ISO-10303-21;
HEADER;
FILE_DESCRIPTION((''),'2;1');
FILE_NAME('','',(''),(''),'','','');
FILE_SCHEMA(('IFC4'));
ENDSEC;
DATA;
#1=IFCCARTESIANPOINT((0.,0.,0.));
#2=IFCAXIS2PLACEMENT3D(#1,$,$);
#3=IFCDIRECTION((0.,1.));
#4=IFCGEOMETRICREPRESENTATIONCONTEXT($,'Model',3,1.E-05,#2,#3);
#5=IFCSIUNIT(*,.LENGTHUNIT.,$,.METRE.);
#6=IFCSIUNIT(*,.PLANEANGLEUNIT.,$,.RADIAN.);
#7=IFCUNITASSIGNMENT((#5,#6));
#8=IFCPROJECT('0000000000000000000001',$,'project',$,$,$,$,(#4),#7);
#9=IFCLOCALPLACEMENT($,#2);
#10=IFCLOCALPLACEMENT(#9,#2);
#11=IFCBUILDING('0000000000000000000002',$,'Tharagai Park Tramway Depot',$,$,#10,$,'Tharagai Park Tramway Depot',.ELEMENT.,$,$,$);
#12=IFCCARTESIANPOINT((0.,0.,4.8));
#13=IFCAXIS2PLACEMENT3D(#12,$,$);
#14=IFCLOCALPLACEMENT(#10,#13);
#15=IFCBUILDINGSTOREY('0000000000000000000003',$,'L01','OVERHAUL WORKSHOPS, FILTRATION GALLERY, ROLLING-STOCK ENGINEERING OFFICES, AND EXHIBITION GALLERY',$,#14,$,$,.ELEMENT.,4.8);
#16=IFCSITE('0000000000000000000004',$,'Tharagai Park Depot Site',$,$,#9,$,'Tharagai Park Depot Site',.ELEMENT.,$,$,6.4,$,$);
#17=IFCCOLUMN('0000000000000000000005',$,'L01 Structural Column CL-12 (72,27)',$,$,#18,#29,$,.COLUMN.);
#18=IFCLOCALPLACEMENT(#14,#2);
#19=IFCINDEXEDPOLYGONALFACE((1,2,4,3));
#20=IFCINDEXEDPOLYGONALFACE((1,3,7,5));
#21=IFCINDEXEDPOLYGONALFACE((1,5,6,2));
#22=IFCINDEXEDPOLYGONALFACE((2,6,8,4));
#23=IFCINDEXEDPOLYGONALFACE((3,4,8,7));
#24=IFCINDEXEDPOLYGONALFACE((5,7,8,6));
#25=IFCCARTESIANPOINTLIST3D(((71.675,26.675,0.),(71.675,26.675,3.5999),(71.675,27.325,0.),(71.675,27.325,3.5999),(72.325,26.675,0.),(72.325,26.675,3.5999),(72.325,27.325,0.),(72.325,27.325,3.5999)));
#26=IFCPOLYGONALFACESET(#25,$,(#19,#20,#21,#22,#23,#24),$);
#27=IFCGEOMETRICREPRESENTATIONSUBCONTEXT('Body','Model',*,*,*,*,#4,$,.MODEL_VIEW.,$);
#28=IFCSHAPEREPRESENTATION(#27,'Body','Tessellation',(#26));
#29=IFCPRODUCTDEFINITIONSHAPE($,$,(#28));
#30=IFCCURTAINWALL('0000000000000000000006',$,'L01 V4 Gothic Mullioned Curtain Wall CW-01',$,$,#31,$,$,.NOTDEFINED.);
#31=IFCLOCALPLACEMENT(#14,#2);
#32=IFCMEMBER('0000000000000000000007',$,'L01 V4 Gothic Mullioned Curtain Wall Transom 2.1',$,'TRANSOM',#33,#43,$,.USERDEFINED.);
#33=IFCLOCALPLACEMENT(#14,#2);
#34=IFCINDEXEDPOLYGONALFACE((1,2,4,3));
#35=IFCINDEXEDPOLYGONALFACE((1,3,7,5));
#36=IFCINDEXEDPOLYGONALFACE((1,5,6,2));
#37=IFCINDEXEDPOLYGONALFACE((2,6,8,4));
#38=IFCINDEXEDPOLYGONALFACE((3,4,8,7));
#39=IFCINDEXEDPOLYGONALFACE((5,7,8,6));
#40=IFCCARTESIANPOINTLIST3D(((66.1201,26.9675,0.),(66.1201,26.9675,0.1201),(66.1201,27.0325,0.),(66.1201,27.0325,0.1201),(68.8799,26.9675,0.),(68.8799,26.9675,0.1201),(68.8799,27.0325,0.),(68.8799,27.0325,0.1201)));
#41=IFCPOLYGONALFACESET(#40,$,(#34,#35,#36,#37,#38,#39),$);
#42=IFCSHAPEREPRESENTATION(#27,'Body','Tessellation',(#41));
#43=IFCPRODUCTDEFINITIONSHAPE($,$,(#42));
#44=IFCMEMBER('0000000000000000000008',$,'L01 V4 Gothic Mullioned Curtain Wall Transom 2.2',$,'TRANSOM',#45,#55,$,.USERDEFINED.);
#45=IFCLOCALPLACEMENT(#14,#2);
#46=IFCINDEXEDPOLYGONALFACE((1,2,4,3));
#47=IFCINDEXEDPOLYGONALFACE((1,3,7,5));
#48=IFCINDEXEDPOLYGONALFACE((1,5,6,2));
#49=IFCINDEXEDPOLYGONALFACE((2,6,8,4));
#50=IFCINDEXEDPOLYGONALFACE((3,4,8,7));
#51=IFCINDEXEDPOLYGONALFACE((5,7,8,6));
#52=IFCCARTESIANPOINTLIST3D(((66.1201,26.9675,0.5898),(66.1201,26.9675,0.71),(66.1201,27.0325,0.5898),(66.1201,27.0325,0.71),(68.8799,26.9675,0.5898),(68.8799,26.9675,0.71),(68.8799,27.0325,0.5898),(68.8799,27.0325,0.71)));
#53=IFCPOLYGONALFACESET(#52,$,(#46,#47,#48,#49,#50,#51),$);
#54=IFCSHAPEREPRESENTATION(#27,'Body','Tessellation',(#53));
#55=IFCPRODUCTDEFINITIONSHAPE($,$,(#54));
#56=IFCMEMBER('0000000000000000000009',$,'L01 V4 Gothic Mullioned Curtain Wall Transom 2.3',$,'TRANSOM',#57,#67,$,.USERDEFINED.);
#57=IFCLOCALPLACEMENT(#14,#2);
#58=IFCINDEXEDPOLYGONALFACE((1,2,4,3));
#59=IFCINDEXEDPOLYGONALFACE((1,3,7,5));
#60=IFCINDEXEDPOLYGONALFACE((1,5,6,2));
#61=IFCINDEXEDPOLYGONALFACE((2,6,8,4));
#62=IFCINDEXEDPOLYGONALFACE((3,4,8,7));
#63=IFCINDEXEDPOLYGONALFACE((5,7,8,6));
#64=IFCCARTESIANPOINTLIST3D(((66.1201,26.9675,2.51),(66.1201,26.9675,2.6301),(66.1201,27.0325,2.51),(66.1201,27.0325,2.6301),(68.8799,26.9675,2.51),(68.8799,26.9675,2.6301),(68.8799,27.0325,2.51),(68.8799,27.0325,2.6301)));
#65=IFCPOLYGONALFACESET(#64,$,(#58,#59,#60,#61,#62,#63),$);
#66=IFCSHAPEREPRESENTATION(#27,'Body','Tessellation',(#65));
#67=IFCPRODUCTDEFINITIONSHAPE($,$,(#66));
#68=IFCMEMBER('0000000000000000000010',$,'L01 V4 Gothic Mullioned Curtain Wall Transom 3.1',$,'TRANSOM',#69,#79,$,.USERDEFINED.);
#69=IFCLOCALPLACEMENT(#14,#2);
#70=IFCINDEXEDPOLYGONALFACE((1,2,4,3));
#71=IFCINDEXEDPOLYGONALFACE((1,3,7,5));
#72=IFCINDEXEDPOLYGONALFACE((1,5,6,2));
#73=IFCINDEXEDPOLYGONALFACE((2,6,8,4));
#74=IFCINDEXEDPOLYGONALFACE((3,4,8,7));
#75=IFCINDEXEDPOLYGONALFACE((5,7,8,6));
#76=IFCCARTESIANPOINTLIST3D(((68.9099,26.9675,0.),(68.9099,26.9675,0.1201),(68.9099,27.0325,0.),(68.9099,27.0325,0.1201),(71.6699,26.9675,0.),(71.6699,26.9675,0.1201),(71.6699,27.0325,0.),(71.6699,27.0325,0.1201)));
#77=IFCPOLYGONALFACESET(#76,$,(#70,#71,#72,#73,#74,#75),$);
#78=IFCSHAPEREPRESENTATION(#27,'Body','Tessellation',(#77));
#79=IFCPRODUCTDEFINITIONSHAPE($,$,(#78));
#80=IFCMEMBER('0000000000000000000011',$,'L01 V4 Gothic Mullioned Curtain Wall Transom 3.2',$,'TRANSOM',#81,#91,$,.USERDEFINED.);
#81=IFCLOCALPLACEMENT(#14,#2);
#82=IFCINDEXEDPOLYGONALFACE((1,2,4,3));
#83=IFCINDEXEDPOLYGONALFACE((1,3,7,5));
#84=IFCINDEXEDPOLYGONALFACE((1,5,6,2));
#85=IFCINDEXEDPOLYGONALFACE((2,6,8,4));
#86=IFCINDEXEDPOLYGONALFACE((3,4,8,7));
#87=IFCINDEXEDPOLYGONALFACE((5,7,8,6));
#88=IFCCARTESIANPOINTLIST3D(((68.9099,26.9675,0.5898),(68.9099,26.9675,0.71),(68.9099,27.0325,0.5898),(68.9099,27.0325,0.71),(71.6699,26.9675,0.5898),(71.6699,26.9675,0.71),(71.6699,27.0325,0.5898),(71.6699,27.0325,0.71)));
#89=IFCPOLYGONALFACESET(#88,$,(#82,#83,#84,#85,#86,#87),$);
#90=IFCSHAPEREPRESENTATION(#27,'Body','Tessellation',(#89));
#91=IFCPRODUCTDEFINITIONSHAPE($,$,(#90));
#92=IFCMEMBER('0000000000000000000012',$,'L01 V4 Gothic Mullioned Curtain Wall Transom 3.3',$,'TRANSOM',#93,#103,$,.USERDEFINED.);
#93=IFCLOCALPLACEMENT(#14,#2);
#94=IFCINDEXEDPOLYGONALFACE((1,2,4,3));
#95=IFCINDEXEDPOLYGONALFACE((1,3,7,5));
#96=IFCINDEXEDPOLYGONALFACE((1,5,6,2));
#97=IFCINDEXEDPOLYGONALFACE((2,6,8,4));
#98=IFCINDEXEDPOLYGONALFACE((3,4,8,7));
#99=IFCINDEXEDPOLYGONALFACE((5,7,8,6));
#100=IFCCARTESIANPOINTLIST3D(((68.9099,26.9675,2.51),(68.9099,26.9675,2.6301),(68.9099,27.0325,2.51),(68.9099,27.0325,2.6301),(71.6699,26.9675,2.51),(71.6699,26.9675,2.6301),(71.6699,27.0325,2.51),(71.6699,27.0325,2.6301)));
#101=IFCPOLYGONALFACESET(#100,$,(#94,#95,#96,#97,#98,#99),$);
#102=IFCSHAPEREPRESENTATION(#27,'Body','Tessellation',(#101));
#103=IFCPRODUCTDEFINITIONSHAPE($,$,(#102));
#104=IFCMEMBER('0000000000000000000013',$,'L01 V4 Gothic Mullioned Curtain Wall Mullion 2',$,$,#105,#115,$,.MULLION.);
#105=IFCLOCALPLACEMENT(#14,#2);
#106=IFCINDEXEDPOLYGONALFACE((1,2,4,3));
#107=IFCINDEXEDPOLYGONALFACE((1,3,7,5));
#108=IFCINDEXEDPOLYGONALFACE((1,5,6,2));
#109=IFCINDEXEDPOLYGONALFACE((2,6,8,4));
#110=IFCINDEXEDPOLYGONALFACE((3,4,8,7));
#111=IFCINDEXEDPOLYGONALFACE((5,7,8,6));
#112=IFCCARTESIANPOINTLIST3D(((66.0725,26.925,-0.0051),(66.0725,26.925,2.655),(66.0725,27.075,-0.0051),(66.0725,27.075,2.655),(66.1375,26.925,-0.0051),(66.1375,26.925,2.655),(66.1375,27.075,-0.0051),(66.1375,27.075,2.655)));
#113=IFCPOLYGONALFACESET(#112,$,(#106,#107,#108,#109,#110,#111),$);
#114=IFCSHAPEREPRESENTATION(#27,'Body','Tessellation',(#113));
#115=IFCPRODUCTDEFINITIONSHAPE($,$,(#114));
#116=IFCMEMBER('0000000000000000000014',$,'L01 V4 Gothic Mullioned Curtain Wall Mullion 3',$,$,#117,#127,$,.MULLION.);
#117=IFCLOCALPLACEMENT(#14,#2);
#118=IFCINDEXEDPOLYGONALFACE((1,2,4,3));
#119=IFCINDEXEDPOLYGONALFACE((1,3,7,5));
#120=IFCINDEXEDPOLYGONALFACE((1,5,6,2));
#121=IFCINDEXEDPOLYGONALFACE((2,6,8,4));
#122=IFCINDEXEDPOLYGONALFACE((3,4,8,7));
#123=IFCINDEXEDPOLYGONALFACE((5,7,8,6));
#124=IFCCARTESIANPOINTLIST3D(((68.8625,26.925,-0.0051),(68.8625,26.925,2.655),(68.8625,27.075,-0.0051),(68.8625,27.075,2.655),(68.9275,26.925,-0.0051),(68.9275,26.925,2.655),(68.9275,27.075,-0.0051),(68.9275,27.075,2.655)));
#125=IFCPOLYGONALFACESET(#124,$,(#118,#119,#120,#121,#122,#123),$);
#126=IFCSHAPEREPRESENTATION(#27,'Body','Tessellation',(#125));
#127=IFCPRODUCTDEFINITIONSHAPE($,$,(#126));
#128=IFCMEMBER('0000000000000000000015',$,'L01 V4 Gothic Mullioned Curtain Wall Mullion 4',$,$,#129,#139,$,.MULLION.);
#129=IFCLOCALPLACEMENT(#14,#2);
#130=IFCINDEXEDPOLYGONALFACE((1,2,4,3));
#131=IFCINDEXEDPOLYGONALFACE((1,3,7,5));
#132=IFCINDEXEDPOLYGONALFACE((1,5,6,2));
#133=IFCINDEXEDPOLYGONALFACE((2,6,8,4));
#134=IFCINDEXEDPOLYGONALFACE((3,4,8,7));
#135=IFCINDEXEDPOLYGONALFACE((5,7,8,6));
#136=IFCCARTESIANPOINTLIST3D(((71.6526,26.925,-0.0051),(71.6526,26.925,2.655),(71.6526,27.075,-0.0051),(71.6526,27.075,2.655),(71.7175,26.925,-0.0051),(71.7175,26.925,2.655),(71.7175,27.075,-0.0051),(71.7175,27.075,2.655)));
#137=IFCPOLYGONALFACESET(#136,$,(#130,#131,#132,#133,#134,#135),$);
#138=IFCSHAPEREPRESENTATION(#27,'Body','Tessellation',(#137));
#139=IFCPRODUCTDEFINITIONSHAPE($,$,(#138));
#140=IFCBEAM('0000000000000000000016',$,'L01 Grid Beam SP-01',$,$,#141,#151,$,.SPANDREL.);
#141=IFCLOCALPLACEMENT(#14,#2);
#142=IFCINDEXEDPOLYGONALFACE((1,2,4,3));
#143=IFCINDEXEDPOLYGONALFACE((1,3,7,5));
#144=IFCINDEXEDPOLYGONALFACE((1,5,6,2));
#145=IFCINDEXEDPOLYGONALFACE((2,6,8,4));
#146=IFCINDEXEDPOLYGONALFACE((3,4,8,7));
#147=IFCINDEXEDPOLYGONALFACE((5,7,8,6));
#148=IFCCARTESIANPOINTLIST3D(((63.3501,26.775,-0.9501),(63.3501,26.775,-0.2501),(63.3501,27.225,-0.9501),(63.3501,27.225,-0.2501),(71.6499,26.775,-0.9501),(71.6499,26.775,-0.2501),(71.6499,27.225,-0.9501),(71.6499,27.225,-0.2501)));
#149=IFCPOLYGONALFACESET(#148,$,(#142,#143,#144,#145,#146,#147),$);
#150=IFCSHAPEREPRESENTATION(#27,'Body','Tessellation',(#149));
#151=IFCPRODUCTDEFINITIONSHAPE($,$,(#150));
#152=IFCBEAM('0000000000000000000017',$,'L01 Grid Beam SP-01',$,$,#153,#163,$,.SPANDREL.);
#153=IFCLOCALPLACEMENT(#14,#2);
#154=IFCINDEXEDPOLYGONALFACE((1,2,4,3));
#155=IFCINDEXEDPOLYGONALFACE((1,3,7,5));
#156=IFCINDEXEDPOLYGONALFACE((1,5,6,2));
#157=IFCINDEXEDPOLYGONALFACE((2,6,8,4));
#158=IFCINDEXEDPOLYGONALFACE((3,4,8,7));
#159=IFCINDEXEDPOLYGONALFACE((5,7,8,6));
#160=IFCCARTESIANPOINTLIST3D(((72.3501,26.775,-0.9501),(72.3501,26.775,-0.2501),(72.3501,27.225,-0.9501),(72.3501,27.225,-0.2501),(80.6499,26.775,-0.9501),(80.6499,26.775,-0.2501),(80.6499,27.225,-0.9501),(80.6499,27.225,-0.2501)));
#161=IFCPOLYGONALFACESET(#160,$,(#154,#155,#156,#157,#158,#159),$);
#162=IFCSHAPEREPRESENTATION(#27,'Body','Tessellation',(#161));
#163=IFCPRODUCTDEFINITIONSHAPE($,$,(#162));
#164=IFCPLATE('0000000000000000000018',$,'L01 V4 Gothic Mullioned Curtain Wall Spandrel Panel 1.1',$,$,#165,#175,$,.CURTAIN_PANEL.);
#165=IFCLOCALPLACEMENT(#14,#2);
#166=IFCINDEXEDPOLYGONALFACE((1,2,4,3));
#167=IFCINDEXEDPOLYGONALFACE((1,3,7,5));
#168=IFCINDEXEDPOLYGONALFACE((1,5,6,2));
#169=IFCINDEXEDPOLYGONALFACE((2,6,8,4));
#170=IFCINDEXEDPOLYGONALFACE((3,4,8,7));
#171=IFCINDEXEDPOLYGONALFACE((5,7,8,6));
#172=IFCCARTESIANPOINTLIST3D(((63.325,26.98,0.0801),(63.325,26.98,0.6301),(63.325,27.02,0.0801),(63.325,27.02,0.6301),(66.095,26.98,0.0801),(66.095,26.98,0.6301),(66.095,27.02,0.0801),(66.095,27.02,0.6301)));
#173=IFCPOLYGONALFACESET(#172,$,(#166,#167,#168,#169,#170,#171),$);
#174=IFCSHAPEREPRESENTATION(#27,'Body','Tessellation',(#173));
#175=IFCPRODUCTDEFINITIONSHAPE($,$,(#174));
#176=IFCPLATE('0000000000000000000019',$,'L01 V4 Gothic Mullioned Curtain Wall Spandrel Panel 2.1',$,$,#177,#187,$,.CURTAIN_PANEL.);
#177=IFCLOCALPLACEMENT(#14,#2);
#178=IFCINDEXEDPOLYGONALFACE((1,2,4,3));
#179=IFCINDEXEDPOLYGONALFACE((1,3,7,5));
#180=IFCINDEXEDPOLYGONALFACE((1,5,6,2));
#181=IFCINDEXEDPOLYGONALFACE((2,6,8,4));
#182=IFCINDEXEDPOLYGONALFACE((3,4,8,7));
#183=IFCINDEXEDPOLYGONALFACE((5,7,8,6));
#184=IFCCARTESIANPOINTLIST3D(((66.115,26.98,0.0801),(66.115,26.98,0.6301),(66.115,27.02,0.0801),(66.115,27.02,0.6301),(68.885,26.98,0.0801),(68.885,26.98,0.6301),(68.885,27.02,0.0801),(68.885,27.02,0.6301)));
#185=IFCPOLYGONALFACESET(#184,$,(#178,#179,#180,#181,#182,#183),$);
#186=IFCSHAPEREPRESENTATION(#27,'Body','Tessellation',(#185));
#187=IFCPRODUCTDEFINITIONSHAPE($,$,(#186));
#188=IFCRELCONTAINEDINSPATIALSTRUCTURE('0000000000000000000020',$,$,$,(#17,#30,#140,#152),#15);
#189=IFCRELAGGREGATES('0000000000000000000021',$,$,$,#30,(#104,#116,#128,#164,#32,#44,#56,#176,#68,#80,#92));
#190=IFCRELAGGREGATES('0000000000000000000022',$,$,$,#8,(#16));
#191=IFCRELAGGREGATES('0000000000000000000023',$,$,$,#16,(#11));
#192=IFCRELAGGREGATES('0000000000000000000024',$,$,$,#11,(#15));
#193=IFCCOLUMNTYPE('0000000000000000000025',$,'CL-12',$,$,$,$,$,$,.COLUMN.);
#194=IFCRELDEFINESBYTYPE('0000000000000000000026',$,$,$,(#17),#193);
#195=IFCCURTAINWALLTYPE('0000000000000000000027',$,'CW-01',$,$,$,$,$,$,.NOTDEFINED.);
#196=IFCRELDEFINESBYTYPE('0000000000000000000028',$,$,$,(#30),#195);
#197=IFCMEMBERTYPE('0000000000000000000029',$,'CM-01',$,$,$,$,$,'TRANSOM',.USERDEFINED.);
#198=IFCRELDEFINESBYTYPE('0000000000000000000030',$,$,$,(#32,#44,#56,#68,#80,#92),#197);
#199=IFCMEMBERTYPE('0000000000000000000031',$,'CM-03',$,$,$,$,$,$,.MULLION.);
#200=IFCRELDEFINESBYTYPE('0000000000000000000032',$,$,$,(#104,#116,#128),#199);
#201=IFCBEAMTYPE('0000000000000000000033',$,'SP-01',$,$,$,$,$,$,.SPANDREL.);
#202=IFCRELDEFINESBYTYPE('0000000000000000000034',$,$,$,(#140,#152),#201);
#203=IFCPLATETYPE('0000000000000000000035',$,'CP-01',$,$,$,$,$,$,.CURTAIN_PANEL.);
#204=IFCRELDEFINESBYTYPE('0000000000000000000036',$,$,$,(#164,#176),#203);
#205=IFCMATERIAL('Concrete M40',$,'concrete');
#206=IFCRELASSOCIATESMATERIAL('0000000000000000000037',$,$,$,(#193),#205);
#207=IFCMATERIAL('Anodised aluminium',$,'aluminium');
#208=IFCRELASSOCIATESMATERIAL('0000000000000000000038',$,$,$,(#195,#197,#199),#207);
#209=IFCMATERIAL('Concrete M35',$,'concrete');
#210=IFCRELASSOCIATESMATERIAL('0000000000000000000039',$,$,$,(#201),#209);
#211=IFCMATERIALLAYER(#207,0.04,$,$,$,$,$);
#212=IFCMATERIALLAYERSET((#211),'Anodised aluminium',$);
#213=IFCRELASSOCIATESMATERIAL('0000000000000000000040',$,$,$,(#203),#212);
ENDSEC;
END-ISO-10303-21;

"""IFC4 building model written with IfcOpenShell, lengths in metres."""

from ifc_helpers import new_model, si_unit, direction, frame, origin, origin_2d, place, context, subcontext, project, spatial, rectangle, extrude, material, layer, layer_set, material_profile, profile_set, type_object, element, aggregate, save


model = new_model("IFC4")

# Units and contexts
model_context = context("Model", 3, precision=1e-05, world=origin(), true_north=direction((0.0, 1.0)))
body_context = subcontext(model_context, "Body", "Model", "MODEL_VIEW")
ifc_project = project(units=[si_unit("LENGTHUNIT", "METRE"), si_unit("PLANEANGLEUNIT", "RADIAN")], contexts=[model_context])

# Site, building, storey
site_placement = place(None, origin())
site = spatial("IfcSite", under=ifc_project, at=site_placement, Name="Tharagai Park Depot Site", LongName="Tharagai Park Depot Site", CompositionType="ELEMENT", RefElevation=6.4)
building_placement = place(site_placement, origin())
building = spatial("IfcBuilding", under=site, at=building_placement, Name="Tharagai Park Tramway Depot", LongName="Tharagai Park Tramway Depot", CompositionType="ELEMENT")
storey_placement = place(building_placement, frame((0.0, 0.0, 4.8)))
storey = spatial("IfcBuildingStorey", under=building, at=storey_placement, Name="L01", Description="OVERHAUL WORKSHOPS, FILTRATION GALLERY, ROLLING-STOCK ENGINEERING OFFICES, AND EXHIBITION GALLERY", CompositionType="ELEMENT", Elevation=4.8)

# Column
ifc_material_1 = material(Name="Concrete M40", Category="concrete")
ifc_material_profile_1 = material_profile(ifc_material_1, rectangle(XDim=0.6499, YDim=0.6499, at=origin_2d()), Name="RC 650x650")
ifc_profile_set_1 = profile_set([ifc_material_profile_1], Name="Concrete M40")
column_type = type_object("IfcColumnType", Name="CL-12", PredefinedType="COLUMN", material=ifc_profile_set_1)
column_placement = place(storey_placement, frame((72.0, 27.0, 0.0), z_axis=(0.0, 0.0, 1.0), x_axis=(1.0, 0.0, 0.0)))
element("IfcColumn", 1, at=column_placement, inside=storey, type_object=column_type, Name="L01 Structural Column CL-12 (72,27)", PredefinedType="COLUMN", context=body_context, shape_type="SweptSolid", body=[
    extrude(rectangle(XDim=0.6499, YDim=0.6499, at=origin_2d()), origin(), (0.0, 0.0, 1.0), 3.5999),
])

# Curtain wall, members
ifc_material_2 = material(Name="Anodised aluminium", Category="aluminium")
curtain_wall_type = type_object("IfcCurtainWallType", Name="CW-01", PredefinedType="NOTDEFINED", material=ifc_material_2)
curtain_wall_placement = place(storey_placement, origin())
curtain_wall = element("IfcCurtainWall", 2, at=curtain_wall_placement, inside=storey, type_object=curtain_wall_type, Name="L01 V4 Gothic Mullioned Curtain Wall CW-01", PredefinedType="NOTDEFINED")
ifc_material_profile_2 = material_profile(ifc_material_2, rectangle(XDim=0.0649, YDim=0.1201, at=origin_2d()), Name="ALU 65x120")
ifc_profile_set_2 = profile_set([ifc_material_profile_2], Name="Anodised aluminium")
member_type_1 = type_object("IfcMemberType", Name="CM-01", ElementType="TRANSOM", PredefinedType="USERDEFINED", material=ifc_profile_set_2)
member_1_placement = place(storey_placement, frame((66.1201, 27.0, 0.0601), z_axis=(1.0, 0.0, 0.0), x_axis=(0.0, 1.0, 0.0)))
member_1 = element("IfcMember", 3, at=member_1_placement, type_object=member_type_1, Name="L01 V4 Gothic Mullioned Curtain Wall Transom 2.1", ObjectType="TRANSOM", PredefinedType="USERDEFINED", context=body_context, shape_type="SweptSolid", body=[
    extrude(rectangle(XDim=0.0649, YDim=0.1201, at=origin_2d()), origin(), (0.0, 0.0, 1.0), 2.7598),
])
member_2_placement = place(storey_placement, frame((66.1201, 27.0, 0.6499), z_axis=(1.0, 0.0, 0.0), x_axis=(0.0, 1.0, 0.0)))
member_2 = element("IfcMember", 4, at=member_2_placement, type_object=member_type_1, Name="L01 V4 Gothic Mullioned Curtain Wall Transom 2.2", ObjectType="TRANSOM", PredefinedType="USERDEFINED", context=body_context, shape_type="SweptSolid", body=[
    extrude(rectangle(XDim=0.0649, YDim=0.1201, at=origin_2d()), origin(), (0.0, 0.0, 1.0), 2.7598),
])
member_3_placement = place(storey_placement, frame((66.1201, 27.0, 2.5701), z_axis=(1.0, 0.0, 0.0), x_axis=(0.0, 1.0, 0.0)))
member_3 = element("IfcMember", 5, at=member_3_placement, type_object=member_type_1, Name="L01 V4 Gothic Mullioned Curtain Wall Transom 2.3", ObjectType="TRANSOM", PredefinedType="USERDEFINED", context=body_context, shape_type="SweptSolid", body=[
    extrude(rectangle(XDim=0.0649, YDim=0.1201, at=origin_2d()), origin(), (0.0, 0.0, 1.0), 2.7598),
])
member_4_placement = place(storey_placement, frame((68.9099, 27.0, 0.0601), z_axis=(1.0, 0.0, 0.0), x_axis=(0.0, 1.0, 0.0)))
member_4 = element("IfcMember", 6, at=member_4_placement, type_object=member_type_1, Name="L01 V4 Gothic Mullioned Curtain Wall Transom 3.1", ObjectType="TRANSOM", PredefinedType="USERDEFINED", context=body_context, shape_type="SweptSolid", body=[
    extrude(rectangle(XDim=0.0649, YDim=0.1201, at=origin_2d()), origin(), (0.0, 0.0, 1.0), 2.76),
])
member_5_placement = place(storey_placement, frame((68.9099, 27.0, 0.6499), z_axis=(1.0, 0.0, 0.0), x_axis=(0.0, 1.0, 0.0)))
member_5 = element("IfcMember", 7, at=member_5_placement, type_object=member_type_1, Name="L01 V4 Gothic Mullioned Curtain Wall Transom 3.2", ObjectType="TRANSOM", PredefinedType="USERDEFINED", context=body_context, shape_type="SweptSolid", body=[
    extrude(rectangle(XDim=0.0649, YDim=0.1201, at=origin_2d()), origin(), (0.0, 0.0, 1.0), 2.76),
])
member_6_placement = place(storey_placement, frame((68.9099, 27.0, 2.5701), z_axis=(1.0, 0.0, 0.0), x_axis=(0.0, 1.0, 0.0)))
member_6 = element("IfcMember", 8, at=member_6_placement, type_object=member_type_1, Name="L01 V4 Gothic Mullioned Curtain Wall Transom 3.3", ObjectType="TRANSOM", PredefinedType="USERDEFINED", context=body_context, shape_type="SweptSolid", body=[
    extrude(rectangle(XDim=0.0649, YDim=0.1201, at=origin_2d()), origin(), (0.0, 0.0, 1.0), 2.76),
])
ifc_material_profile_3 = material_profile(ifc_material_2, rectangle(XDim=0.0649, YDim=0.1499, at=origin_2d()), Name="ALU 65x150")
ifc_profile_set_3 = profile_set([ifc_material_profile_3], Name="Anodised aluminium")
member_type_2 = type_object("IfcMemberType", Name="CM-03", PredefinedType="MULLION", material=ifc_profile_set_3)
member_7_placement = place(storey_placement, frame((66.105, 27.0, -0.0051), z_axis=(0.0, 0.0, 1.0), x_axis=(1.0, 0.0, 0.0)))
member_7 = element("IfcMember", 9, at=member_7_placement, type_object=member_type_2, Name="L01 V4 Gothic Mullioned Curtain Wall Mullion 2", PredefinedType="MULLION", context=body_context, shape_type="SweptSolid", body=[
    extrude(rectangle(XDim=0.0649, YDim=0.1499, at=origin_2d()), origin(), (0.0, 0.0, 1.0), 2.6602),
])
member_8_placement = place(storey_placement, frame((68.895, 27.0, -0.0051), z_axis=(0.0, 0.0, 1.0), x_axis=(1.0, 0.0, 0.0)))
member_8 = element("IfcMember", 10, at=member_8_placement, type_object=member_type_2, Name="L01 V4 Gothic Mullioned Curtain Wall Mullion 3", PredefinedType="MULLION", context=body_context, shape_type="SweptSolid", body=[
    extrude(rectangle(XDim=0.0649, YDim=0.1499, at=origin_2d()), origin(), (0.0, 0.0, 1.0), 2.6602),
])
member_9_placement = place(storey_placement, frame((71.6851, 27.0, -0.0051), z_axis=(0.0, 0.0, 1.0), x_axis=(1.0, 0.0, 0.0)))
member_9 = element("IfcMember", 11, at=member_9_placement, type_object=member_type_2, Name="L01 V4 Gothic Mullioned Curtain Wall Mullion 4", PredefinedType="MULLION", context=body_context, shape_type="SweptSolid", body=[
    extrude(rectangle(XDim=0.0649, YDim=0.1499, at=origin_2d()), origin(), (0.0, 0.0, 1.0), 2.6602),
])

# Beams
ifc_material_3 = material(Name="Concrete M35", Category="concrete")
ifc_material_profile_4 = material_profile(ifc_material_3, rectangle(XDim=0.45, YDim=0.7, at=origin_2d()), Name="RC 450x700")
ifc_profile_set_4 = profile_set([ifc_material_profile_4], Name="Concrete M35")
beam_type = type_object("IfcBeamType", Name="SP-01", PredefinedType="SPANDREL", material=ifc_profile_set_4)
for number, where, z_axis, x_axis, name in (
    (12, (63.3501, 27.0, -0.6001), (1.0, 0.0, 0.0), (0.0, 1.0, 0.0), "L01 Grid Beam SP-01"),
    (13, (72.3501, 27.0, -0.6001), (1.0, 0.0, 0.0), (0.0, 1.0, 0.0), "L01 Grid Beam SP-01"),
):
    element("IfcBeam", number, at=place(storey_placement, frame(where, z_axis=z_axis, x_axis=x_axis)), inside=storey, type_object=beam_type, Name=name, PredefinedType="SPANDREL", context=body_context, shape_type="SweptSolid", body=[
        extrude(rectangle(XDim=0.45, YDim=0.7, at=origin_2d()), origin(), (0.0, 0.0, 1.0), 8.2998),
    ])

# Plates
ifc_layer_1 = layer(ifc_material_2, 0.04)
ifc_layer_set_1 = layer_set([ifc_layer_1], Name="Anodised aluminium")
plate_type_1 = type_object("IfcPlateType", Name="CP-01", PredefinedType="CURTAIN_PANEL", material=ifc_layer_set_1)
plate_1_placement = place(storey_placement, frame((64.71, 27.0, 0.0801), z_axis=(0.0, 0.0, 1.0), x_axis=(1.0, 0.0, 0.0)))
plate_1 = element("IfcPlate", 14, at=plate_1_placement, type_object=plate_type_1, Name="L01 V4 Gothic Mullioned Curtain Wall Spandrel Panel 1.1", PredefinedType="CURTAIN_PANEL", context=body_context, shape_type="SweptSolid", body=[
    extrude(rectangle(XDim=2.77, YDim=0.04, at=origin_2d()), origin(), (0.0, 0.0, 1.0), 0.55),
])
plate_2_placement = place(storey_placement, frame((67.5, 27.0, 0.0801), z_axis=(0.0, 0.0, 1.0), x_axis=(1.0, 0.0, 0.0)))
plate_2 = element("IfcPlate", 15, at=plate_2_placement, type_object=plate_type_1, Name="L01 V4 Gothic Mullioned Curtain Wall Spandrel Panel 2.1", PredefinedType="CURTAIN_PANEL", context=body_context, shape_type="SweptSolid", body=[
    extrude(rectangle(XDim=2.77, YDim=0.04, at=origin_2d()), origin(), (0.0, 0.0, 1.0), 0.55),
])
aggregate(curtain_wall, [member_7, member_8, member_9, plate_1, member_1, member_2, member_3, plate_2, member_4, member_5, member_6])

save(model, "model.ifc")
